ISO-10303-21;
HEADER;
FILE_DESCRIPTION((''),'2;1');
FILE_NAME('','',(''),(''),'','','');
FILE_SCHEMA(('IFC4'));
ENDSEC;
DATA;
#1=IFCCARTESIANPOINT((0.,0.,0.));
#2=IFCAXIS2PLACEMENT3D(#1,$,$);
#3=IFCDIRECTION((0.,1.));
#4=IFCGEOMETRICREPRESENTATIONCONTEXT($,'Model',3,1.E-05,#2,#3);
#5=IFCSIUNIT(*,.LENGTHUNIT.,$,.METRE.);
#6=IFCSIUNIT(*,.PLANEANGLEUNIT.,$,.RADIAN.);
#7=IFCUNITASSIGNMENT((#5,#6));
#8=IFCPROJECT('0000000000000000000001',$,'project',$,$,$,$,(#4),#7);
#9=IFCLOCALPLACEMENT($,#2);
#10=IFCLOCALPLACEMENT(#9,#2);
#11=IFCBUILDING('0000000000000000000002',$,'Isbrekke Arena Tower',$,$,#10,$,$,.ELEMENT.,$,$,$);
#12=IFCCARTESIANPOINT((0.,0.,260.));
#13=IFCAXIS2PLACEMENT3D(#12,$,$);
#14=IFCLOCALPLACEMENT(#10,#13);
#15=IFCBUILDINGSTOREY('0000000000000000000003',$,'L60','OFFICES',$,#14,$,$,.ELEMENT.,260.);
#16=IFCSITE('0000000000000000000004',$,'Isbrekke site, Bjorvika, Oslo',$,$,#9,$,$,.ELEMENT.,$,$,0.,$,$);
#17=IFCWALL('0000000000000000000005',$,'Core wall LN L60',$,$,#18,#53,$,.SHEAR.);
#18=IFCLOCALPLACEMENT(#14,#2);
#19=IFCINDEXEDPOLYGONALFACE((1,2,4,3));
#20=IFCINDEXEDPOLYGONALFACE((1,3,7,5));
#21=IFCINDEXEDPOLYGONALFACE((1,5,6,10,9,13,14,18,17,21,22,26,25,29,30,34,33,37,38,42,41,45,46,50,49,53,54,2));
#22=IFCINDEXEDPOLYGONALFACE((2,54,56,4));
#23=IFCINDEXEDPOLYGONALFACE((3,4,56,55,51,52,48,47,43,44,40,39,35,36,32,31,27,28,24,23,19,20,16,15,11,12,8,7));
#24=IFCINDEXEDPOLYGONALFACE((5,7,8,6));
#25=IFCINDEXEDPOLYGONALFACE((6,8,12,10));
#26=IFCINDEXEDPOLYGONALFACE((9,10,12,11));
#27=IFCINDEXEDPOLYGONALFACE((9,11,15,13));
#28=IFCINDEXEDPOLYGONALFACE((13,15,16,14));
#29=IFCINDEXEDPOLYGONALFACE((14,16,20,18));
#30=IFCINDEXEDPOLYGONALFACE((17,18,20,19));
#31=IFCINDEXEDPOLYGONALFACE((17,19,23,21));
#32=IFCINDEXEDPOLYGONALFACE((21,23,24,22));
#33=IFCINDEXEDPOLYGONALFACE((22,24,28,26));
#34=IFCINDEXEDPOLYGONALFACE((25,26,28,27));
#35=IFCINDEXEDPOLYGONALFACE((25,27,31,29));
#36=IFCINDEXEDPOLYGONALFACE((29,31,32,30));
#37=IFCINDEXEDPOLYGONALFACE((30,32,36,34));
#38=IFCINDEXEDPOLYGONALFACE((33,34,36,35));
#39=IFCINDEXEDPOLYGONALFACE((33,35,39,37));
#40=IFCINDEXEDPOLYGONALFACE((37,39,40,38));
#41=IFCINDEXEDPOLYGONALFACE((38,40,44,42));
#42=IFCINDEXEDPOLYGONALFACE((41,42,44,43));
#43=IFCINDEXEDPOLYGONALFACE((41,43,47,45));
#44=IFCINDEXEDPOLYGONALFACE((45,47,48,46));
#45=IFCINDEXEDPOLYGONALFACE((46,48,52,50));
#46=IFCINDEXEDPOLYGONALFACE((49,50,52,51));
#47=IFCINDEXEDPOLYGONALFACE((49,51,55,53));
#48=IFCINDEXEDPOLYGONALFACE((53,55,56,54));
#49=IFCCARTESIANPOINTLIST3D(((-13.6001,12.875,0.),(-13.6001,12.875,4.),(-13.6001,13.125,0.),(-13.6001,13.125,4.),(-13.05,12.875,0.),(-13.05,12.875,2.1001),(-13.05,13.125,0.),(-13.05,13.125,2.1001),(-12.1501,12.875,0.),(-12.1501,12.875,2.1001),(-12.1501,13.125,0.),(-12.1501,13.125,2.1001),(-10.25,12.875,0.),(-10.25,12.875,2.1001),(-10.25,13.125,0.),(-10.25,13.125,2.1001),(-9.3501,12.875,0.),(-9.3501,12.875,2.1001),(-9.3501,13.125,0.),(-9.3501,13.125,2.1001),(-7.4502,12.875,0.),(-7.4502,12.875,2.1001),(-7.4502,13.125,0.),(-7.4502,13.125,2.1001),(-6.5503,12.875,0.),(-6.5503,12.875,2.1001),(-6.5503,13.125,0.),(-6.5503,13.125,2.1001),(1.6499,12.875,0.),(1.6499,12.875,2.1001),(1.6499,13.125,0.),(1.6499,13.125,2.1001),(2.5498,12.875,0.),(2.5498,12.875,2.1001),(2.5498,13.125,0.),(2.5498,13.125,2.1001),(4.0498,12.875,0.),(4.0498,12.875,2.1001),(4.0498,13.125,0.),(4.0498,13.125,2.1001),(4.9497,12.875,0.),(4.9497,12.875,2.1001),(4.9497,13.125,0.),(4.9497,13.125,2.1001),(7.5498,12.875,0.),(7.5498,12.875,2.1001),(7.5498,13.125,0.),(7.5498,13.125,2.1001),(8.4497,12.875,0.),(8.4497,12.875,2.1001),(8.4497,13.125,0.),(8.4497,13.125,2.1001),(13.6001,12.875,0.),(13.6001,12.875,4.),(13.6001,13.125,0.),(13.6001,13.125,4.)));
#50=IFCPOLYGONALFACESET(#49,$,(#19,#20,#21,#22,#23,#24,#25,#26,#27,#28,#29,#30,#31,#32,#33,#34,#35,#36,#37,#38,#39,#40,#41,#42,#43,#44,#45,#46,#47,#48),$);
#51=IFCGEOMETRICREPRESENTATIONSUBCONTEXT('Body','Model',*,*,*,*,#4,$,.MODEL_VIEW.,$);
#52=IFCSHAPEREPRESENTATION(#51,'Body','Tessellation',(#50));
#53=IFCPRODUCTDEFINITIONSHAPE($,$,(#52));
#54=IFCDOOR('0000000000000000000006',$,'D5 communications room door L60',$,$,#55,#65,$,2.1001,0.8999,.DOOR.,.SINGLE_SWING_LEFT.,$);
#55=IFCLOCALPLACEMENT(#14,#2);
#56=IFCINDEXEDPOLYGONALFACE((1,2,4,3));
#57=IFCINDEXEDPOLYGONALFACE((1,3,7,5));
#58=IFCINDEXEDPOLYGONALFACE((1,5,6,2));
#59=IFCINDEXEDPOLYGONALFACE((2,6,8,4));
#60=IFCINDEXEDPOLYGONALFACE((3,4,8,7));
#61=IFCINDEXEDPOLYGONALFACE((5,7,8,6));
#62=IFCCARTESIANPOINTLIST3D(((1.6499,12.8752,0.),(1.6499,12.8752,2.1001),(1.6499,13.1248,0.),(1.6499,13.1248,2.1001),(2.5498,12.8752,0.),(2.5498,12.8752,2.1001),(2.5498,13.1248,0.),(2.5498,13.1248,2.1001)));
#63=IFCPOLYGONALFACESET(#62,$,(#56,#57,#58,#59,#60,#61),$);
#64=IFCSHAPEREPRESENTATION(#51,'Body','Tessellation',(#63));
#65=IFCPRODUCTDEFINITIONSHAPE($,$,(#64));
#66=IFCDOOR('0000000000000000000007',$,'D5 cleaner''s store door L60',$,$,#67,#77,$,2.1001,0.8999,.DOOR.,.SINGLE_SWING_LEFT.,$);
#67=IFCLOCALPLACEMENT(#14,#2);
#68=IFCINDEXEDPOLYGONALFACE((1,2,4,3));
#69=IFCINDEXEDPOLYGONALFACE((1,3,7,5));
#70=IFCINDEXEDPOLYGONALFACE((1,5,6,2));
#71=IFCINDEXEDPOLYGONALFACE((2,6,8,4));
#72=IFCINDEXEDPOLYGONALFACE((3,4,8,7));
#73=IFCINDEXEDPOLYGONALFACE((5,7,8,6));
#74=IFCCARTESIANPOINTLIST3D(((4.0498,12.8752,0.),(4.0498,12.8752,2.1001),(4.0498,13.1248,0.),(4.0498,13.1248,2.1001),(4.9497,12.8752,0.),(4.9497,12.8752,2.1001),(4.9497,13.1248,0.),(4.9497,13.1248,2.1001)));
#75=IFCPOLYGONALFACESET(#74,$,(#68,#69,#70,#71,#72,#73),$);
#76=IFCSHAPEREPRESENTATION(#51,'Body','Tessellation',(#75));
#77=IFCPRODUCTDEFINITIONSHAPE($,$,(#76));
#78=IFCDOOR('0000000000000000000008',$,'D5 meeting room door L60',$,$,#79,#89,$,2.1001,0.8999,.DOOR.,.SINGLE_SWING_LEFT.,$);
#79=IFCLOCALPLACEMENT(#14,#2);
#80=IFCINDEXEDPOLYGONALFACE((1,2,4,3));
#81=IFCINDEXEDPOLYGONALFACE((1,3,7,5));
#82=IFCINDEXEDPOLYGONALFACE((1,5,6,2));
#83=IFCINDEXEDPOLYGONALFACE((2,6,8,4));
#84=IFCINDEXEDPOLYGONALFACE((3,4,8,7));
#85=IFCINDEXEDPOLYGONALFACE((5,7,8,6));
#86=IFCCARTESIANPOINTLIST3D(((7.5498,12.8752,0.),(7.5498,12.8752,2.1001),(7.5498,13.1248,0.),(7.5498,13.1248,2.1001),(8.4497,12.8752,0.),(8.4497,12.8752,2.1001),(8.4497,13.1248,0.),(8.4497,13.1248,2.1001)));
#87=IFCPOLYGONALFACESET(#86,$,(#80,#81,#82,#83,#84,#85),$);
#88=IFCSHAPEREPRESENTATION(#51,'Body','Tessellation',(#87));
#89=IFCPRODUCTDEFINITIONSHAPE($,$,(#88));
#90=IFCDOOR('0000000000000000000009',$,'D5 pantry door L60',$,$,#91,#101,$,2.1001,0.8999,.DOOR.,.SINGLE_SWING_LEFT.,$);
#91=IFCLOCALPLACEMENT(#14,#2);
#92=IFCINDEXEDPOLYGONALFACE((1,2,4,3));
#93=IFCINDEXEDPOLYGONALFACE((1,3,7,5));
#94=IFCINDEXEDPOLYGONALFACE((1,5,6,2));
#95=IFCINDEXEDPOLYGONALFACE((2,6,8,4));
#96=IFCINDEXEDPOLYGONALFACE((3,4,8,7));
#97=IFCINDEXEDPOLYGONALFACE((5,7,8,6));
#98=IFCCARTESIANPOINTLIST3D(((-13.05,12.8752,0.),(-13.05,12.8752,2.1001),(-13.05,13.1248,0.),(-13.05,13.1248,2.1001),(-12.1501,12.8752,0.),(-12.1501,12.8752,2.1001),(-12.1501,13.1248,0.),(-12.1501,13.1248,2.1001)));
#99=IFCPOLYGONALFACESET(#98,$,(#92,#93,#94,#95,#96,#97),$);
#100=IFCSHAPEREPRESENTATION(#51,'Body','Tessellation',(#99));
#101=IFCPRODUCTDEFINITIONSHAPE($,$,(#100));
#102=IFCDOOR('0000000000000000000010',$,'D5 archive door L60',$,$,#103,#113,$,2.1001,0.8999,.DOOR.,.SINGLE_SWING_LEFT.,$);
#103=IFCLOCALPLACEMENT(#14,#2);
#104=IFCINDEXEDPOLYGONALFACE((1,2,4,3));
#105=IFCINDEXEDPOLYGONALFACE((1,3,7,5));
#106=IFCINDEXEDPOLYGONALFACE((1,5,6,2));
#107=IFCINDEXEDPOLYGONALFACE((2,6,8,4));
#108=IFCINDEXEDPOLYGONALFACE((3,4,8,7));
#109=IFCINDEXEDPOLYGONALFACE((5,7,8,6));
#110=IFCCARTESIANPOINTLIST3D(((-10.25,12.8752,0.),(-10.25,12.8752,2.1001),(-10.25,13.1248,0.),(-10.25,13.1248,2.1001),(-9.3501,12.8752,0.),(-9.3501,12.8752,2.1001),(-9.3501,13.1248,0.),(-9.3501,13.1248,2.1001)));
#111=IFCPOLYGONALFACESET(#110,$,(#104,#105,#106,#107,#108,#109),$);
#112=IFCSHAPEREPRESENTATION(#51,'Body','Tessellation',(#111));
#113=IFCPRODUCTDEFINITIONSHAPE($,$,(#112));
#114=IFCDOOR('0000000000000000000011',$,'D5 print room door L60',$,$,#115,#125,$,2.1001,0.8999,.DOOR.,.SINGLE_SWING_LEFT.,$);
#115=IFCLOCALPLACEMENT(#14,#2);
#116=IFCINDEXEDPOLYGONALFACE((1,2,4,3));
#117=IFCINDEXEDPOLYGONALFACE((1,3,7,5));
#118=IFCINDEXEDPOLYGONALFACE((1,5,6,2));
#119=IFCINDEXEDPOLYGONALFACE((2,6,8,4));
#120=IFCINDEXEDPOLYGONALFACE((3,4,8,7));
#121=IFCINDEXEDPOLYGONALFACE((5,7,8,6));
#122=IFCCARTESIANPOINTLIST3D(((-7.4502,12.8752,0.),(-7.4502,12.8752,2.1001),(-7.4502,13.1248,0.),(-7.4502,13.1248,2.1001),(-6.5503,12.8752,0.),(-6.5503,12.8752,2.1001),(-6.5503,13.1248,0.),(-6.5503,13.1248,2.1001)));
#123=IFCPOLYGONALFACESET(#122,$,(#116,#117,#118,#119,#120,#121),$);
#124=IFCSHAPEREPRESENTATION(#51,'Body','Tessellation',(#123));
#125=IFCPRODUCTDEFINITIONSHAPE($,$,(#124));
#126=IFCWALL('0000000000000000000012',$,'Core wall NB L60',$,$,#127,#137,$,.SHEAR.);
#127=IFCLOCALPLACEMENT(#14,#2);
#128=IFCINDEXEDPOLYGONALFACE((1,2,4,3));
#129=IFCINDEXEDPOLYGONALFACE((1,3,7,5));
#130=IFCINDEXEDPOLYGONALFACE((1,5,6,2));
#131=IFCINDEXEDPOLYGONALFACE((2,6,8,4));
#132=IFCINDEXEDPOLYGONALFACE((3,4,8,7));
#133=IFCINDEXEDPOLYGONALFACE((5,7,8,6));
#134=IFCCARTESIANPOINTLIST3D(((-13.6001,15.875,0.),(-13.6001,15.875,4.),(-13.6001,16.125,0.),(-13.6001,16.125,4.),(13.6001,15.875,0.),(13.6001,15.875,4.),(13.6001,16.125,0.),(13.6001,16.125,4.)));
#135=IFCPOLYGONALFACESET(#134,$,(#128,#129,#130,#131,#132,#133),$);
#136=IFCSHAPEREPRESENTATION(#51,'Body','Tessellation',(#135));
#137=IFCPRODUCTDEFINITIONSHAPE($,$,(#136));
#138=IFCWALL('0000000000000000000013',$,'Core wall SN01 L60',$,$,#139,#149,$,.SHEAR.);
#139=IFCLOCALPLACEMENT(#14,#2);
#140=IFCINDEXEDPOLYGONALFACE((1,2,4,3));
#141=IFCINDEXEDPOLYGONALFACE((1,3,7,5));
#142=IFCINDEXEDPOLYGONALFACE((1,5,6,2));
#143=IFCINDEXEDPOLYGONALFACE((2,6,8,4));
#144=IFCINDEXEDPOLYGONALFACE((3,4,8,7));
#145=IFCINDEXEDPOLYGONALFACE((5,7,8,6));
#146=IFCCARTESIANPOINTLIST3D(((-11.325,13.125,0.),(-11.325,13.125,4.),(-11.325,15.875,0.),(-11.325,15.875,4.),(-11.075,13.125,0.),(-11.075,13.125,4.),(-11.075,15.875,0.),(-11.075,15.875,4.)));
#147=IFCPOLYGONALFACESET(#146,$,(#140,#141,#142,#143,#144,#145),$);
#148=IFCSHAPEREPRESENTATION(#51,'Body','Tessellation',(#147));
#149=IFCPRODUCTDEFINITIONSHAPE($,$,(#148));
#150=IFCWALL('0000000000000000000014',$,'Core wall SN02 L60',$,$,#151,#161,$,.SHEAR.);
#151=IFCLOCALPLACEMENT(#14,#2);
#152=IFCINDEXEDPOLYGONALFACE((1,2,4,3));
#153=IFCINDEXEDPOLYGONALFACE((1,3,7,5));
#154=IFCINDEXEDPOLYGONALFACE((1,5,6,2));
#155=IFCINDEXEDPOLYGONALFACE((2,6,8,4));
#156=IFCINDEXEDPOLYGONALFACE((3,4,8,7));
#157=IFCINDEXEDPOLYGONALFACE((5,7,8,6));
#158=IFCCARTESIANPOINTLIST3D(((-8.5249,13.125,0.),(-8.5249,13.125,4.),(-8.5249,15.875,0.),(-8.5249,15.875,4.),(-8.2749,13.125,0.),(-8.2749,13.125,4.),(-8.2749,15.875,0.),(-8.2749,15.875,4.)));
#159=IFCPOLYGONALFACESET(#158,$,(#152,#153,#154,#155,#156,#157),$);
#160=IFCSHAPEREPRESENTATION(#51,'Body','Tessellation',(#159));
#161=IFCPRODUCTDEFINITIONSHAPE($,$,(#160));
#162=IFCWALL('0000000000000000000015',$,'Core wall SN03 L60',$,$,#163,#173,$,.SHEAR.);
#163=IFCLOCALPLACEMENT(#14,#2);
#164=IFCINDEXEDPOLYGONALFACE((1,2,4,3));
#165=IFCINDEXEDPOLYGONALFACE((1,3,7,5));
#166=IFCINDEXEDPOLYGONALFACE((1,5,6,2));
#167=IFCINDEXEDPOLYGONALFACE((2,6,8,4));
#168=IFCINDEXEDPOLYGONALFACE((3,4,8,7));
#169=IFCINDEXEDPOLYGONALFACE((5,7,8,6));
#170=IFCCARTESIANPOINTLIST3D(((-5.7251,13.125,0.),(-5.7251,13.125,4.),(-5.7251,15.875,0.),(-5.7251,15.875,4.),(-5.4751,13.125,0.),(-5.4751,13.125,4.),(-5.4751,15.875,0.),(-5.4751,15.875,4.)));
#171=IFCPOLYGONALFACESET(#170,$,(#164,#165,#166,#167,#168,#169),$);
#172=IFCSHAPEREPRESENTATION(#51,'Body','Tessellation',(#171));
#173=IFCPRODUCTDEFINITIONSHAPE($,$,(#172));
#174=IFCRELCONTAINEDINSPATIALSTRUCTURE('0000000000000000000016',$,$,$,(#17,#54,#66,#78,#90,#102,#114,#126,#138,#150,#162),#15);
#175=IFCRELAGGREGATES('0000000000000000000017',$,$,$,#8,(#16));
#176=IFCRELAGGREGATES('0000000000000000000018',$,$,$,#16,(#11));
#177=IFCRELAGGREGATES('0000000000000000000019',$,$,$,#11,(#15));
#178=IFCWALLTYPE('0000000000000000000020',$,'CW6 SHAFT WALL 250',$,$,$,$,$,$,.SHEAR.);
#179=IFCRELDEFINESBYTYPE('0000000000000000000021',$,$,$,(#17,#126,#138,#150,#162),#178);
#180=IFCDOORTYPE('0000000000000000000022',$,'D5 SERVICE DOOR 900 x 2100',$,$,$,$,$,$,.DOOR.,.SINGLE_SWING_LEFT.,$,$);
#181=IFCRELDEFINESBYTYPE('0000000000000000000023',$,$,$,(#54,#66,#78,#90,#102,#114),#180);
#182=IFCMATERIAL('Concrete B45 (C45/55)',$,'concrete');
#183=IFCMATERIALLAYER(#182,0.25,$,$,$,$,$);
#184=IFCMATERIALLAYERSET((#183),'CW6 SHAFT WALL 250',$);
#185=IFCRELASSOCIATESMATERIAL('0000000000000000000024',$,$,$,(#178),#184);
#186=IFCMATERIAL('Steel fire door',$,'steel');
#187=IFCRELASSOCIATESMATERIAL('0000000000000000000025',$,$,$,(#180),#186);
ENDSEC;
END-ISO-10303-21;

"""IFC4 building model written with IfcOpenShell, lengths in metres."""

from ifc_helpers import new_model, si_unit, direction, frame, frame_2d, origin, place, context, subcontext, project, spatial, rectangle, extrude, material, layer, layer_set, type_object, element, fill, save


model = new_model("IFC4")

# Units and contexts
model_context = context("Model", 3, precision=1e-05, world=origin(), true_north=direction((0.0, 1.0)))
body_context = subcontext(model_context, "Body", "Model", "MODEL_VIEW")
ifc_project = project(units=[si_unit("LENGTHUNIT", "METRE"), si_unit("PLANEANGLEUNIT", "RADIAN")], contexts=[model_context])

# Site, building, storey
site_placement = place(None, origin())
site = spatial("IfcSite", under=ifc_project, at=site_placement, Name="Isbrekke site, Bjorvika, Oslo", CompositionType="ELEMENT", RefElevation=0.0)
building_placement = place(site_placement, origin())
building = spatial("IfcBuilding", under=site, at=building_placement, Name="Isbrekke Arena Tower", CompositionType="ELEMENT")
storey_placement = place(building_placement, frame((0.0, 0.0, 260.0)))
storey = spatial("IfcBuildingStorey", under=building, at=storey_placement, Name="L60", Description="OFFICES", CompositionType="ELEMENT", Elevation=260.0)

# Wall, openings, doors
ifc_material_1 = material(Name="Concrete B45 (C45/55)", Category="concrete")
ifc_layer_1 = layer(ifc_material_1, 0.25)
ifc_layer_set_1 = layer_set([ifc_layer_1], Name="CW6 SHAFT WALL 250")
wall_type_1 = type_object("IfcWallType", Name="CW6 SHAFT WALL 250", PredefinedType="SHEAR", material=ifc_layer_set_1)
wall_1_placement = place(storey_placement, frame((-13.6001, 13.0, 0.0), z_axis=(0.0, 0.0, 1.0), x_axis=(1.0, 0.0, 0.0)))
wall_1 = element("IfcWall", 1, at=wall_1_placement, inside=storey, type_object=wall_type_1, Name="Core wall LN L60", PredefinedType="SHEAR", context=body_context, shape_type="SweptSolid", body=[
    extrude(rectangle(XDim=27.2002, YDim=0.25, at=frame_2d((13.6001, 0.0))), origin(), (0.0, 0.0, 1.0), 4.0),
])
opening_1_placement = place(wall_1_placement, frame((15.25, 0.0, 0.0)))
opening_1 = element("IfcOpeningElement", 2, at=opening_1_placement, cuts=wall_1, PredefinedType="OPENING", context=body_context, shape_type="SweptSolid", body=[
    extrude(rectangle(XDim=0.8999, YDim=2.1001, at=frame_2d((0.45, 1.05))), frame((0.0, 0.1399, 0.0), z_axis=(0.0, -1.0, 0.0), x_axis=(1.0, 0.0, 0.0)), (0.0, 0.0, 1.0), 0.2798),
])
opening_2_placement = place(wall_1_placement, frame((17.6499, 0.0, 0.0)))
opening_2 = element("IfcOpeningElement", 3, at=opening_2_placement, cuts=wall_1, PredefinedType="OPENING", context=body_context, shape_type="SweptSolid", body=[
    extrude(rectangle(XDim=0.8999, YDim=2.1001, at=frame_2d((0.45, 1.05))), frame((0.0, 0.1399, 0.0), z_axis=(0.0, -1.0, 0.0), x_axis=(1.0, 0.0, 0.0)), (0.0, 0.0, 1.0), 0.2798),
])
opening_3_placement = place(wall_1_placement, frame((21.1499, 0.0, 0.0)))
opening_3 = element("IfcOpeningElement", 4, at=opening_3_placement, cuts=wall_1, PredefinedType="OPENING", context=body_context, shape_type="SweptSolid", body=[
    extrude(rectangle(XDim=0.8999, YDim=2.1001, at=frame_2d((0.45, 1.05))), frame((0.0, 0.1399, 0.0), z_axis=(0.0, -1.0, 0.0), x_axis=(1.0, 0.0, 0.0)), (0.0, 0.0, 1.0), 0.2798),
])
opening_4_placement = place(wall_1_placement, frame((0.55, 0.0, 0.0)))
opening_4 = element("IfcOpeningElement", 5, at=opening_4_placement, cuts=wall_1, PredefinedType="OPENING", context=body_context, shape_type="SweptSolid", body=[
    extrude(rectangle(XDim=0.8999, YDim=2.1001, at=frame_2d((0.45, 1.05))), frame((0.0, 0.1399, 0.0), z_axis=(0.0, -1.0, 0.0), x_axis=(1.0, 0.0, 0.0)), (0.0, 0.0, 1.0), 0.2798),
])
opening_5_placement = place(wall_1_placement, frame((3.3501, 0.0, 0.0)))
opening_5 = element("IfcOpeningElement", 6, at=opening_5_placement, cuts=wall_1, PredefinedType="OPENING", context=body_context, shape_type="SweptSolid", body=[
    extrude(rectangle(XDim=0.8999, YDim=2.1001, at=frame_2d((0.45, 1.05))), frame((0.0, 0.1399, 0.0), z_axis=(0.0, -1.0, 0.0), x_axis=(1.0, 0.0, 0.0)), (0.0, 0.0, 1.0), 0.2798),
])
opening_6_placement = place(wall_1_placement, frame((6.1499, 0.0, 0.0)))
opening_6 = element("IfcOpeningElement", 7, at=opening_6_placement, cuts=wall_1, PredefinedType="OPENING", context=body_context, shape_type="SweptSolid", body=[
    extrude(rectangle(XDim=0.8999, YDim=2.1001, at=frame_2d((0.45, 1.05))), frame((0.0, 0.1399, 0.0), z_axis=(0.0, -1.0, 0.0), x_axis=(1.0, 0.0, 0.0)), (0.0, 0.0, 1.0), 0.2798),
])
ifc_material_2 = material(Name="Steel fire door", Category="steel")
door_type_1 = type_object("IfcDoorType", Name="D5 SERVICE DOOR 900 x 2100", OperationType="SINGLE_SWING_LEFT", PredefinedType="DOOR", material=ifc_material_2)
door_1_placement = place(opening_1_placement, origin())
door_1 = element("IfcDoor", 8, at=door_1_placement, inside=storey, type_object=door_type_1, Name="D5 communications room door L60", OperationType="SINGLE_SWING_LEFT", OverallHeight=2.1001, OverallWidth=0.8999, PredefinedType="DOOR", context=body_context, shape_type="SweptSolid", body=[
    extrude(rectangle(XDim=0.8999, YDim=2.1001, at=frame_2d((0.45, 1.05))), frame((0.0, 0.1248, 0.0), z_axis=(0.0, -1.0, 0.0), x_axis=(1.0, 0.0, 0.0)), (0.0, 0.0, 1.0), 0.2495),
])
fill(opening_1, door_1)
door_2_placement = place(opening_2_placement, origin())
door_2 = element("IfcDoor", 9, at=door_2_placement, inside=storey, type_object=door_type_1, Name="D5 cleaner's store door L60", OperationType="SINGLE_SWING_LEFT", OverallHeight=2.1001, OverallWidth=0.8999, PredefinedType="DOOR", context=body_context, shape_type="SweptSolid", body=[
    extrude(rectangle(XDim=0.8999, YDim=2.1001, at=frame_2d((0.45, 1.05))), frame((0.0, 0.1248, 0.0), z_axis=(0.0, -1.0, 0.0), x_axis=(1.0, 0.0, 0.0)), (0.0, 0.0, 1.0), 0.2495),
])
fill(opening_2, door_2)
door_3_placement = place(opening_3_placement, origin())
door_3 = element("IfcDoor", 10, at=door_3_placement, inside=storey, type_object=door_type_1, Name="D5 meeting room door L60", OperationType="SINGLE_SWING_LEFT", OverallHeight=2.1001, OverallWidth=0.8999, PredefinedType="DOOR", context=body_context, shape_type="SweptSolid", body=[
    extrude(rectangle(XDim=0.8999, YDim=2.1001, at=frame_2d((0.45, 1.05))), frame((0.0, 0.1248, 0.0), z_axis=(0.0, -1.0, 0.0), x_axis=(1.0, 0.0, 0.0)), (0.0, 0.0, 1.0), 0.2495),
])
fill(opening_3, door_3)
door_4_placement = place(opening_4_placement, origin())
door_4 = element("IfcDoor", 11, at=door_4_placement, inside=storey, type_object=door_type_1, Name="D5 pantry door L60", OperationType="SINGLE_SWING_LEFT", OverallHeight=2.1001, OverallWidth=0.8999, PredefinedType="DOOR", context=body_context, shape_type="SweptSolid", body=[
    extrude(rectangle(XDim=0.8999, YDim=2.1001, at=frame_2d((0.45, 1.05))), frame((0.0, 0.1248, 0.0), z_axis=(0.0, -1.0, 0.0), x_axis=(1.0, 0.0, 0.0)), (0.0, 0.0, 1.0), 0.2495),
])
fill(opening_4, door_4)
door_5_placement = place(opening_5_placement, origin())
door_5 = element("IfcDoor", 12, at=door_5_placement, inside=storey, type_object=door_type_1, Name="D5 archive door L60", OperationType="SINGLE_SWING_LEFT", OverallHeight=2.1001, OverallWidth=0.8999, PredefinedType="DOOR", context=body_context, shape_type="SweptSolid", body=[
    extrude(rectangle(XDim=0.8999, YDim=2.1001, at=frame_2d((0.45, 1.05))), frame((0.0, 0.1248, 0.0), z_axis=(0.0, -1.0, 0.0), x_axis=(1.0, 0.0, 0.0)), (0.0, 0.0, 1.0), 0.2495),
])
fill(opening_5, door_5)
door_6_placement = place(opening_6_placement, origin())
door_6 = element("IfcDoor", 13, at=door_6_placement, inside=storey, type_object=door_type_1, Name="D5 print room door L60", OperationType="SINGLE_SWING_LEFT", OverallHeight=2.1001, OverallWidth=0.8999, PredefinedType="DOOR", context=body_context, shape_type="SweptSolid", body=[
    extrude(rectangle(XDim=0.8999, YDim=2.1001, at=frame_2d((0.45, 1.05))), frame((0.0, 0.1248, 0.0), z_axis=(0.0, -1.0, 0.0), x_axis=(1.0, 0.0, 0.0)), (0.0, 0.0, 1.0), 0.2495),
])
fill(opening_6, door_6)

# Walls
wall_2_placement = place(storey_placement, frame((-13.6001, 16.0, 0.0), z_axis=(0.0, 0.0, 1.0), x_axis=(1.0, 0.0, 0.0)))
element("IfcWall", 14, at=wall_2_placement, inside=storey, type_object=wall_type_1, Name="Core wall NB L60", PredefinedType="SHEAR", context=body_context, shape_type="SweptSolid", body=[
    extrude(rectangle(XDim=27.2002, YDim=0.25, at=frame_2d((13.6001, 0.0))), origin(), (0.0, 0.0, 1.0), 4.0),
])
for number, where, z_axis, x_axis, name in (
    (15, (-11.2, 13.125, 0.0), (0.0, 0.0, 1.0), (0.0, 1.0, 0.0), "Core wall SN01 L60"),
    (16, (-8.3999, 13.125, 0.0), (0.0, 0.0, 1.0), (0.0, 1.0, 0.0), "Core wall SN02 L60"),
    (17, (-5.6001, 13.125, 0.0), (0.0, 0.0, 1.0), (0.0, 1.0, 0.0), "Core wall SN03 L60"),
):
    element("IfcWall", number, at=place(storey_placement, frame(where, z_axis=z_axis, x_axis=x_axis)), inside=storey, type_object=wall_type_1, Name=name, PredefinedType="SHEAR", context=body_context, shape_type="SweptSolid", body=[
        extrude(rectangle(XDim=2.75, YDim=0.25, at=frame_2d((1.375, 0.0))), origin(), (0.0, 0.0, 1.0), 4.0),
    ])

save(model, "model.ifc")
